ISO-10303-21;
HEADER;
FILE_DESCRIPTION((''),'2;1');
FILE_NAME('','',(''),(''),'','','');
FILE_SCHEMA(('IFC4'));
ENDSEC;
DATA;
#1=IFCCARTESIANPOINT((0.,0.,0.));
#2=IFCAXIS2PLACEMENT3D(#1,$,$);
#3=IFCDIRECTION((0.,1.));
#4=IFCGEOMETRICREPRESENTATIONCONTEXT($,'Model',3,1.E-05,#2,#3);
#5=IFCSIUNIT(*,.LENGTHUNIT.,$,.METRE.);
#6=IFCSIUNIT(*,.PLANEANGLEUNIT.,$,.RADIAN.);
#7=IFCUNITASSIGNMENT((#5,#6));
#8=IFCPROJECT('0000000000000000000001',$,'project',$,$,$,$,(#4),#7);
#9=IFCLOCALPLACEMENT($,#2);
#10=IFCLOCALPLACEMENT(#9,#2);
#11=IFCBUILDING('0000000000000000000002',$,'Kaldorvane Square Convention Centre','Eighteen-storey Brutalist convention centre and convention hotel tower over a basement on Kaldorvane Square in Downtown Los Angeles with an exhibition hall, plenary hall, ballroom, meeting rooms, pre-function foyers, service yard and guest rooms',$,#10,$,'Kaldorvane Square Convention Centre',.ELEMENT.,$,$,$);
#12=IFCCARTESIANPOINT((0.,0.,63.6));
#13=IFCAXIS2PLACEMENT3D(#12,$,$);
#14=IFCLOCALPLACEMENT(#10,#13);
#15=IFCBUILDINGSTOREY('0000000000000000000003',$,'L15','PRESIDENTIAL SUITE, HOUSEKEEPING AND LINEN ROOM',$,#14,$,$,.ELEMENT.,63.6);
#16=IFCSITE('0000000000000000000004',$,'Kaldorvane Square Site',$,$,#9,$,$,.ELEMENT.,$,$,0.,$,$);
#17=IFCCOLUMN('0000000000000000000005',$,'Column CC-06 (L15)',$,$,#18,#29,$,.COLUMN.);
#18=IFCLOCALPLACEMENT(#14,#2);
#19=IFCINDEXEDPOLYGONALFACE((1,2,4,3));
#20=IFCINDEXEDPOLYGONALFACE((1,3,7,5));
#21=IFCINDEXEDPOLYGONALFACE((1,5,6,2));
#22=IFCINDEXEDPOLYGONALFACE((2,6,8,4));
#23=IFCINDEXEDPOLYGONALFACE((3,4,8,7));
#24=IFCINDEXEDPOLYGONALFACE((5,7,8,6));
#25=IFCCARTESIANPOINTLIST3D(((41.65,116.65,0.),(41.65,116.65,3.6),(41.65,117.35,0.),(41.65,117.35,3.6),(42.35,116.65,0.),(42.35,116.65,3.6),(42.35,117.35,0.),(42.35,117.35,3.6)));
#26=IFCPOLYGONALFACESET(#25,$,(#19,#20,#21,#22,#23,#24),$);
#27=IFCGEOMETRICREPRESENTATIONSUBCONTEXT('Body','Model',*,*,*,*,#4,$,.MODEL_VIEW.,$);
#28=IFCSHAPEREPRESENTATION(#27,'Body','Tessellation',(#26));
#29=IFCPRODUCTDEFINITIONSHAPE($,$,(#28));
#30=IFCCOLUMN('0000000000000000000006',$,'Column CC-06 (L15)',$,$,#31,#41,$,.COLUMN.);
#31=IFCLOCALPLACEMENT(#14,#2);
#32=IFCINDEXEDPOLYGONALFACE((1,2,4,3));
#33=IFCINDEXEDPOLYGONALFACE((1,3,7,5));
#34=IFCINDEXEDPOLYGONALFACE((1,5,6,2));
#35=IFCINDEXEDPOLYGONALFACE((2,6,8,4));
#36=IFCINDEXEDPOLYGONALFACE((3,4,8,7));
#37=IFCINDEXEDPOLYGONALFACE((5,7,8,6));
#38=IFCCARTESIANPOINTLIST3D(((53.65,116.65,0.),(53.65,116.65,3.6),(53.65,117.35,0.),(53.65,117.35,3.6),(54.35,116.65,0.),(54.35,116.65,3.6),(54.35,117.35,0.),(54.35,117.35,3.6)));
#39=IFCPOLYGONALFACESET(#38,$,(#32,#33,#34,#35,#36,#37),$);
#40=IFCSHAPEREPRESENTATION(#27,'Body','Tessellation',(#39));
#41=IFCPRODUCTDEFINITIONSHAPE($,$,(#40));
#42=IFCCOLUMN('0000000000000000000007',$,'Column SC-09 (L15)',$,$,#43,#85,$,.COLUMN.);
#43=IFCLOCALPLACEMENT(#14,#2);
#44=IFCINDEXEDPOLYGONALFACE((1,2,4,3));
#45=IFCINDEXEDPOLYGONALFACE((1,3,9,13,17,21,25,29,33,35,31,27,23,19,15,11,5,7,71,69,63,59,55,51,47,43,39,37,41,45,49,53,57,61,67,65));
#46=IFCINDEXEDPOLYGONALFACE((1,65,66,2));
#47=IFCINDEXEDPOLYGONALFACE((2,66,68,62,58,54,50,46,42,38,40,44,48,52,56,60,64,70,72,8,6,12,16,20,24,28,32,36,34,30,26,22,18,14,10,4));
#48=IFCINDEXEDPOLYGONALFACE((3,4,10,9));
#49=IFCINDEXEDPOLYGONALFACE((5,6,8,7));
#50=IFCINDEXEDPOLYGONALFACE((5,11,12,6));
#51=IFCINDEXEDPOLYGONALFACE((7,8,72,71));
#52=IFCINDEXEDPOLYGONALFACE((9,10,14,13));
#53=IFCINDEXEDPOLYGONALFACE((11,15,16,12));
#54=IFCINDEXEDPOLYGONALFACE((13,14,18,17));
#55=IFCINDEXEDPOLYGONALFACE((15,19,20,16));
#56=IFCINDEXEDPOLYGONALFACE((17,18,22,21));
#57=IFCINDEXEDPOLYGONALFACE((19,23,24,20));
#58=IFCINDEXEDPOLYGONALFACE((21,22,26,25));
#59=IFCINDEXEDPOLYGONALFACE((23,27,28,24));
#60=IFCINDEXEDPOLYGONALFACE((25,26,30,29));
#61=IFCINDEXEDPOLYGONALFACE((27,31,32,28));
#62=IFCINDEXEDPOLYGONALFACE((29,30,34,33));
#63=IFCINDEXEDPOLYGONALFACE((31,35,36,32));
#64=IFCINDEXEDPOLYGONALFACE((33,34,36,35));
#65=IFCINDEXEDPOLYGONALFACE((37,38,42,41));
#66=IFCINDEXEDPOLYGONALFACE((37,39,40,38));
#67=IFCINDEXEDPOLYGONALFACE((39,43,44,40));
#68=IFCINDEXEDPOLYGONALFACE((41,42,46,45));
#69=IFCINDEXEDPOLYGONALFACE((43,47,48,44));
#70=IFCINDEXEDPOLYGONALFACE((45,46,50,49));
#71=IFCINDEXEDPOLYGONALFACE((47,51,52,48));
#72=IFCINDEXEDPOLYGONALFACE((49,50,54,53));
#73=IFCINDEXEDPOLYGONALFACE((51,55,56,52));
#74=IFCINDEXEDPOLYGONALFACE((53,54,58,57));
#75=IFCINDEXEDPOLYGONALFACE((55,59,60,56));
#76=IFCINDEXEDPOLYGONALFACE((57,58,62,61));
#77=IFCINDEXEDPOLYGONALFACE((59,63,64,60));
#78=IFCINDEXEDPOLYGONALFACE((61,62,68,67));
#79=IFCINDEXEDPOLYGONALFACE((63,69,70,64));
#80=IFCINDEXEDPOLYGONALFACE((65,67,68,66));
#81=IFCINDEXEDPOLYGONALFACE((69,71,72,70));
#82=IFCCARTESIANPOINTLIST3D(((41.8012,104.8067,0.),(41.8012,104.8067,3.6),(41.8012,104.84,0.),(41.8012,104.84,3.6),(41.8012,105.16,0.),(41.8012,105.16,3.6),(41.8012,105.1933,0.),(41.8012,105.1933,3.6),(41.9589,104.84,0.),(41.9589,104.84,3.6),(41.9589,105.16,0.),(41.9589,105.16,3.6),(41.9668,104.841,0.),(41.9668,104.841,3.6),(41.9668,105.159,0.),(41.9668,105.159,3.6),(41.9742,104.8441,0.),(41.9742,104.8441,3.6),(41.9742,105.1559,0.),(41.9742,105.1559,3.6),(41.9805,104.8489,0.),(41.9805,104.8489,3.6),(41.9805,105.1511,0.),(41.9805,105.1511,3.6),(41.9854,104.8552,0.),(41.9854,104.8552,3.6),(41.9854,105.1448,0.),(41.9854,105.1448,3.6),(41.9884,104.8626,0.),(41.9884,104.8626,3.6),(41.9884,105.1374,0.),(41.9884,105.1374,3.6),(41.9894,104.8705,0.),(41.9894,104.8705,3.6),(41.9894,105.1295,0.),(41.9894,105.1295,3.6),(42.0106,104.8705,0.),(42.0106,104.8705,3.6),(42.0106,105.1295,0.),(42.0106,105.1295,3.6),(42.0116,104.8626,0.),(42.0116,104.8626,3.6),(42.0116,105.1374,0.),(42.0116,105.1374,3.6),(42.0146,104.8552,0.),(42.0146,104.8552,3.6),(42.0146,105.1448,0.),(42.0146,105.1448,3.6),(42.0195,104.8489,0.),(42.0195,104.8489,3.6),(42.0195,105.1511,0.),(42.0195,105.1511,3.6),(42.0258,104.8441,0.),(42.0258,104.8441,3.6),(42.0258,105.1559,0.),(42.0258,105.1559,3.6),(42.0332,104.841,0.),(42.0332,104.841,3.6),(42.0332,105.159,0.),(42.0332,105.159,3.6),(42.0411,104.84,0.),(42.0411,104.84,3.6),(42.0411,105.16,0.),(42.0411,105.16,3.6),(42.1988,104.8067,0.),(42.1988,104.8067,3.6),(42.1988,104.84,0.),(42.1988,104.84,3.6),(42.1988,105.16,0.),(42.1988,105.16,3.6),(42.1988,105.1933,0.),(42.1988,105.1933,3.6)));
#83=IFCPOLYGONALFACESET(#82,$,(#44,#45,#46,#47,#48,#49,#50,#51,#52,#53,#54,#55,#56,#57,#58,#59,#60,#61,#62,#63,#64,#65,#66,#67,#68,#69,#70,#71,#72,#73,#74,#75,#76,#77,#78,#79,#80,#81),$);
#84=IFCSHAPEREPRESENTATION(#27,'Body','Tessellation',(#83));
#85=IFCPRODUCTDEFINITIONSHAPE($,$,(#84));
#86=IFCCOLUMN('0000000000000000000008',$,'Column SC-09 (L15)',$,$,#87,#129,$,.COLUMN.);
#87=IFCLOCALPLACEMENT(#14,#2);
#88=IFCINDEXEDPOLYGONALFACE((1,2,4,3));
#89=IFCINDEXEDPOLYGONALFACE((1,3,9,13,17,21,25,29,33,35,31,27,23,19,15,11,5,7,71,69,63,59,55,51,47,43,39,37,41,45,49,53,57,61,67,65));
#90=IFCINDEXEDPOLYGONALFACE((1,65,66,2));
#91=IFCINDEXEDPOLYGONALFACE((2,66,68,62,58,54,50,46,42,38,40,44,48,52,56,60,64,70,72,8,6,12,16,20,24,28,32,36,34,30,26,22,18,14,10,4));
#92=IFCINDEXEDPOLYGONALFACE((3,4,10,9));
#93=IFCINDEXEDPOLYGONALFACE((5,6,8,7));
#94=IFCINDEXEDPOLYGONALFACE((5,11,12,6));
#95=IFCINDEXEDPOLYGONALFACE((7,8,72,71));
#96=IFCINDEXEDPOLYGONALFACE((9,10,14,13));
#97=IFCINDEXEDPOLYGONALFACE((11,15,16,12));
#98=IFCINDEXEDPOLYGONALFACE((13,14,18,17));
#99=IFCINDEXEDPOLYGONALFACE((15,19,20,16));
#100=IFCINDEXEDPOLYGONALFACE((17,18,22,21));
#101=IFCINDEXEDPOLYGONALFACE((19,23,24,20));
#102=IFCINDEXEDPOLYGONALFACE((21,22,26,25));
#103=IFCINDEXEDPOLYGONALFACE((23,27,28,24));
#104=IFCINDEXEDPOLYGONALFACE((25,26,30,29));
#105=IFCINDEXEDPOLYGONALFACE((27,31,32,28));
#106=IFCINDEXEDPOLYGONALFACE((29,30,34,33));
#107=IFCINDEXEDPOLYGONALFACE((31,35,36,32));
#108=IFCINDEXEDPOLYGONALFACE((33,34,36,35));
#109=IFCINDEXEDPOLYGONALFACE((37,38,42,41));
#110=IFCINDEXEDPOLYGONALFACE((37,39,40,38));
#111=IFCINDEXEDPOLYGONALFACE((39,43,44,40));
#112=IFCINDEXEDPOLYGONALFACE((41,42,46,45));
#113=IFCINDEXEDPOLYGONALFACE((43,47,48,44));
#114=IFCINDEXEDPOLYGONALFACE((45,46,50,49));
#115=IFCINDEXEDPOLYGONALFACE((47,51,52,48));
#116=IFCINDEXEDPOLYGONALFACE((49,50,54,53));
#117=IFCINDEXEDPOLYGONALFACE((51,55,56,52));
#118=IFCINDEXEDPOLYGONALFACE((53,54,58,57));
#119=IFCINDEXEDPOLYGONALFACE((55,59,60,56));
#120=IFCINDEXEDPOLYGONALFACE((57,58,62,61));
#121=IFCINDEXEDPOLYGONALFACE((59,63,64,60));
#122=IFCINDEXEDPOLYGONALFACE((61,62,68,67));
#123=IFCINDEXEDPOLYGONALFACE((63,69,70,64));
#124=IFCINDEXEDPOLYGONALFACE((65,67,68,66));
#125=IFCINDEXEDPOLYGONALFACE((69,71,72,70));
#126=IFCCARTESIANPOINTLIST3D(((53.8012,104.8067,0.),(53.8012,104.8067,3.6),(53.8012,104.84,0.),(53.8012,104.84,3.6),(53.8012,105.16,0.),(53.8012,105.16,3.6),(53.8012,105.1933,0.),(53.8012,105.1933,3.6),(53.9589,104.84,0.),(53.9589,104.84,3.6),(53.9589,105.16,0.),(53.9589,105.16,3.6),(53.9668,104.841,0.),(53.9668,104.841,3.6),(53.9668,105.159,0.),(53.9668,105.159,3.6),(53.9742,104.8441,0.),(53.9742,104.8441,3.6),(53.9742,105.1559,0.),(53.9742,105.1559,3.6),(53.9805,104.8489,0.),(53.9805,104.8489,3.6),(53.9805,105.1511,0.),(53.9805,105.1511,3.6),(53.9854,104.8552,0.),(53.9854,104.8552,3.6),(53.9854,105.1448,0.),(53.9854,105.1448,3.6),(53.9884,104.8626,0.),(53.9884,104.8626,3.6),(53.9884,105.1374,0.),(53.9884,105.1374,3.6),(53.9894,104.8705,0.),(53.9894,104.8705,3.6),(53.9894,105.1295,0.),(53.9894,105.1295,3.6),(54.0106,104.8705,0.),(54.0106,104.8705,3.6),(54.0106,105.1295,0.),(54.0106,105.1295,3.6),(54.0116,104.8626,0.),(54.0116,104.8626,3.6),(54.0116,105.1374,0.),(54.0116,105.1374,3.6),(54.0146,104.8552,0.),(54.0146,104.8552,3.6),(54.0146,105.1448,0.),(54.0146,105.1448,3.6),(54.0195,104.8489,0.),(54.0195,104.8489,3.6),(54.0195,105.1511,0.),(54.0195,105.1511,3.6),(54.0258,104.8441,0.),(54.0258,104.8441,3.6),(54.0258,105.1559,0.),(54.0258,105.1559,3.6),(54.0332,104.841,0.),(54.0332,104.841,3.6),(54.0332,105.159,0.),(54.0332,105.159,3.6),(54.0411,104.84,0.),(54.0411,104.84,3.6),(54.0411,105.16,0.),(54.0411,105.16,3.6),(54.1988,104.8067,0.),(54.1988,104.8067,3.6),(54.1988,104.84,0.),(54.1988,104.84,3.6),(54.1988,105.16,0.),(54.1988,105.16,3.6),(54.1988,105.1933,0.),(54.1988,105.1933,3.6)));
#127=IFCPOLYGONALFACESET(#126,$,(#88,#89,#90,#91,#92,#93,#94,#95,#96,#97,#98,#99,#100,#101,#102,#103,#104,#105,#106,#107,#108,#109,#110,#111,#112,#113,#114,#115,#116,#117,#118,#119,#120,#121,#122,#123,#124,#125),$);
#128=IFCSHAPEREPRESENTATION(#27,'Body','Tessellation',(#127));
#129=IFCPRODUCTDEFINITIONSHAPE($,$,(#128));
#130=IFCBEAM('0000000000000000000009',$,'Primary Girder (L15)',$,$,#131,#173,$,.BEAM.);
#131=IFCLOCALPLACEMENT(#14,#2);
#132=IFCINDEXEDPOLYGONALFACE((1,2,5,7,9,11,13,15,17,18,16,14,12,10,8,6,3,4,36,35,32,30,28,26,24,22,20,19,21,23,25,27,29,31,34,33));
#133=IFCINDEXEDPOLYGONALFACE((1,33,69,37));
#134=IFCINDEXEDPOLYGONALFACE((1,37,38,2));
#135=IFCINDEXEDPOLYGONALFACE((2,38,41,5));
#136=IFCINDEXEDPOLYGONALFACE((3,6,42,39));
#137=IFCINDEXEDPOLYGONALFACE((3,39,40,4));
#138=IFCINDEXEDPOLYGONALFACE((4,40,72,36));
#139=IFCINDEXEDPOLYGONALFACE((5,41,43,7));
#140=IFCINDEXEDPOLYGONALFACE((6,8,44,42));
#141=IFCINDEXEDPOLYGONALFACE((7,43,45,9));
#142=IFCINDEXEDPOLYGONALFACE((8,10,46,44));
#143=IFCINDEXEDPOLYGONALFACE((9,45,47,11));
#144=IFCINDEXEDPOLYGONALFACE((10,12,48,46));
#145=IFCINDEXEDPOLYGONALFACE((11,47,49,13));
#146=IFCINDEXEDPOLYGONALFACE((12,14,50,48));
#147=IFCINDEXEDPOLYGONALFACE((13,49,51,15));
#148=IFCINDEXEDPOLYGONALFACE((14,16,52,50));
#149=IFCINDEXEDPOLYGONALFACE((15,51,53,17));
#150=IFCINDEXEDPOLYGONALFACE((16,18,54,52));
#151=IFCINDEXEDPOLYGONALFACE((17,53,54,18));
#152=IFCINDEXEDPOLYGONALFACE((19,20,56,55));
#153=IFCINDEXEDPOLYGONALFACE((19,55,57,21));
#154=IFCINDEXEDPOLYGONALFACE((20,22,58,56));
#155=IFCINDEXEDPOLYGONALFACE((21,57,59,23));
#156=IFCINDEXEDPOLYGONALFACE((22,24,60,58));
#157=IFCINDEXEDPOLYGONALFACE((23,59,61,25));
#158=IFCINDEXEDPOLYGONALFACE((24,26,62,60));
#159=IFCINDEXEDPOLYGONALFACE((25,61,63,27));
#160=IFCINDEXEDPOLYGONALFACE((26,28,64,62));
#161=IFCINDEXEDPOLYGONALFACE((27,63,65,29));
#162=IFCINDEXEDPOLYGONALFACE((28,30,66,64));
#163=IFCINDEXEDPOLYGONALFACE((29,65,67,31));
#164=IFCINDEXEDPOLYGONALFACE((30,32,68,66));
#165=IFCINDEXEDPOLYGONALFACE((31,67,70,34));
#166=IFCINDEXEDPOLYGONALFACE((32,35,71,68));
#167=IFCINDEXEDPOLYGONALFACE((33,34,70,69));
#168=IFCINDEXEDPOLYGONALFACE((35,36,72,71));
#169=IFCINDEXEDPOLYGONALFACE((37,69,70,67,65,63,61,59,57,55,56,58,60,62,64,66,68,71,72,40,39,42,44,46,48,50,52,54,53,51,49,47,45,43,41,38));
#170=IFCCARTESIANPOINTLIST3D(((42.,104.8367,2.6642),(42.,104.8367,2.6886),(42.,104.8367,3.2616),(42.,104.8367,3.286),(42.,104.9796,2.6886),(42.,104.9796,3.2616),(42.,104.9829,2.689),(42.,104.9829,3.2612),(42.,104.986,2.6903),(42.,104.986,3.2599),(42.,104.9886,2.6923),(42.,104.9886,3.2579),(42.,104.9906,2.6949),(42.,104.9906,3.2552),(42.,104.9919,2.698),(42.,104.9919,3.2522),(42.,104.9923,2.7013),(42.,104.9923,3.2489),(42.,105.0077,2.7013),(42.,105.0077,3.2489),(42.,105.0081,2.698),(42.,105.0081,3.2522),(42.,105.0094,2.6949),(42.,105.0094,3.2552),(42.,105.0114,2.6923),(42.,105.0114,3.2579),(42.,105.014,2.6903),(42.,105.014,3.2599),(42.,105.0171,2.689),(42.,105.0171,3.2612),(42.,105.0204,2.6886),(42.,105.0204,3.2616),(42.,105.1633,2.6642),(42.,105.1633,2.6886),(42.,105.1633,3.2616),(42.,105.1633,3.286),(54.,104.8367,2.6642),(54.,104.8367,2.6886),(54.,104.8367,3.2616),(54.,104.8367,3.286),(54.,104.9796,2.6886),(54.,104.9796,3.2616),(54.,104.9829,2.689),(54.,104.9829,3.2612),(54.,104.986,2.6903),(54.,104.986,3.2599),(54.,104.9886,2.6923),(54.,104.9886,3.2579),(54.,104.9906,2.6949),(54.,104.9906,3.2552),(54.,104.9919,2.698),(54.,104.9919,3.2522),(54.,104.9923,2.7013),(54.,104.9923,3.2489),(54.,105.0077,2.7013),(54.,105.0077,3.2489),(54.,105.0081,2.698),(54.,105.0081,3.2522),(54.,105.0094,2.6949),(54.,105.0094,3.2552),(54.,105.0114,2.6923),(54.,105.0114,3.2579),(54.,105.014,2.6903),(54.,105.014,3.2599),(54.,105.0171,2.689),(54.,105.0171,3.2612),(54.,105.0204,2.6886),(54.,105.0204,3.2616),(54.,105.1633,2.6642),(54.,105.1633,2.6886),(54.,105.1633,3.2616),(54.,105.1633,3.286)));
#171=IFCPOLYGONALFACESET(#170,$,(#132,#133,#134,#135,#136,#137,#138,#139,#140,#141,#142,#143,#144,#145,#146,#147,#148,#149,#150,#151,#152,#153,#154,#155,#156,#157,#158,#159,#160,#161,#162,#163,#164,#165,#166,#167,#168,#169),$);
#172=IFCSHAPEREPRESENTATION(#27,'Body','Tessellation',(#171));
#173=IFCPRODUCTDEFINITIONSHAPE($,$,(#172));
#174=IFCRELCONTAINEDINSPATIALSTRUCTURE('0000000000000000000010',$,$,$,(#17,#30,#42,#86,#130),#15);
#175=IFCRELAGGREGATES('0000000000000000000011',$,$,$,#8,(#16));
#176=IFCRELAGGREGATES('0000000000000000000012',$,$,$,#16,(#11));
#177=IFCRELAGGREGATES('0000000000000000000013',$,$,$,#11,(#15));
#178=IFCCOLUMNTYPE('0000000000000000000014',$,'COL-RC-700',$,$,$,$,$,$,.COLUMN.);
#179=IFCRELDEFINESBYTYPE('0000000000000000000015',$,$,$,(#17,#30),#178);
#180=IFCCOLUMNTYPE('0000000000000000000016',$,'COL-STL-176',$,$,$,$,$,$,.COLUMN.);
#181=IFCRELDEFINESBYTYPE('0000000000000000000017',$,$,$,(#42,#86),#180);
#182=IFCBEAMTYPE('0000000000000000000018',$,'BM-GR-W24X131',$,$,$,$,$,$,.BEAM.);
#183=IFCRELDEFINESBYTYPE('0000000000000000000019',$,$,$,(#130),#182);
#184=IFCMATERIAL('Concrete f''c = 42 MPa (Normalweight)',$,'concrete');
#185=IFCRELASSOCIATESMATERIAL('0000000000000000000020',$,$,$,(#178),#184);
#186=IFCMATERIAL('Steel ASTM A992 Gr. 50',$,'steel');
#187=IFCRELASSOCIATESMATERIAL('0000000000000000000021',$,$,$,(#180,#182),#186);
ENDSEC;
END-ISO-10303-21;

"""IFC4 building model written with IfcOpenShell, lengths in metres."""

from ifc_helpers import new_model, si_unit, direction, frame, origin, origin_2d, place, context, subcontext, project, spatial, rectangle, i_section, extrude, material, material_profile, profile_set, type_object, element, save


model = new_model("IFC4")

# Units and contexts
model_context = context("Model", 3, precision=1e-05, world=origin(), true_north=direction((0.0, 1.0)))
body_context = subcontext(model_context, "Body", "Model", "MODEL_VIEW")
ifc_project = project(units=[si_unit("LENGTHUNIT", "METRE"), si_unit("PLANEANGLEUNIT", "RADIAN")], contexts=[model_context])

# Site, building, storey
site_placement = place(None, origin())
site = spatial("IfcSite", under=ifc_project, at=site_placement, Name="Kaldorvane Square Site", CompositionType="ELEMENT", RefElevation=0.0)
building_placement = place(site_placement, origin())
building = spatial("IfcBuilding", under=site, at=building_placement, Name="Kaldorvane Square Convention Centre", Description="Eighteen-storey Brutalist convention centre and convention hotel tower over a basement on Kaldorvane Square in Downtown Los Angeles with an exhibition hall, plenary hall, ballroom, meeting rooms, pre-function foyers, service yard and guest rooms", LongName="Kaldorvane Square Convention Centre", CompositionType="ELEMENT")
storey_placement = place(building_placement, frame((0.0, 0.0, 63.6)))
storey = spatial("IfcBuildingStorey", under=building, at=storey_placement, Name="L15", Description="PRESIDENTIAL SUITE, HOUSEKEEPING AND LINEN ROOM", CompositionType="ELEMENT", Elevation=63.6)

# Columns
ifc_material_1 = material(Name="Concrete f'c = 42 MPa (Normalweight)", Category="concrete")
ifc_material_profile_1 = material_profile(ifc_material_1, rectangle(XDim=0.7, YDim=0.7, at=origin_2d()), Name="RC700X700")
ifc_profile_set_1 = profile_set([ifc_material_profile_1], Name="Concrete f'c = 42 MPa (Normalweight)")
column_type_1 = type_object("IfcColumnType", Name="COL-RC-700", PredefinedType="COLUMN", material=ifc_profile_set_1)
for number, where, z_axis, x_axis, name in (
    (1, (42.0, 117.0, 0.0), (0.0, 0.0, 1.0), (1.0, 0.0, 0.0), "Column CC-06 (L15)"),
    (2, (54.0, 117.0, 0.0), (0.0, 0.0, 1.0), (1.0, 0.0, 0.0), "Column CC-06 (L15)"),
):
    element("IfcColumn", number, at=place(storey_placement, frame(where, z_axis=z_axis, x_axis=x_axis)), inside=storey, type_object=column_type_1, Name=name, PredefinedType="COLUMN", context=body_context, shape_type="SweptSolid", body=[
        extrude(rectangle(XDim=0.7, YDim=0.7, at=origin_2d()), origin(), (0.0, 0.0, 1.0), 3.6),
    ])
ifc_material_2 = material(Name="Steel ASTM A992 Gr. 50", Category="steel")
ifc_material_profile_2 = material_profile(ifc_material_2, i_section(OverallWidth=0.3975, OverallDepth=0.3866, WebThickness=0.0211, FlangeThickness=0.0333, FilletRadius=0.0305, at=origin_2d()), Name="W14X176")
ifc_profile_set_2 = profile_set([ifc_material_profile_2], Name="Steel ASTM A992 Gr. 50")
column_type_2 = type_object("IfcColumnType", Name="COL-STL-176", PredefinedType="COLUMN", material=ifc_profile_set_2)
for number, where, z_axis, x_axis, name in (
    (3, (42.0, 105.0, 0.0), (0.0, 0.0, 1.0), (1.0, 0.0, 0.0), "Column SC-09 (L15)"),
    (4, (54.0, 105.0, 0.0), (0.0, 0.0, 1.0), (1.0, 0.0, 0.0), "Column SC-09 (L15)"),
):
    element("IfcColumn", number, at=place(storey_placement, frame(where, z_axis=z_axis, x_axis=x_axis)), inside=storey, type_object=column_type_2, Name=name, PredefinedType="COLUMN", context=body_context, shape_type="SweptSolid", body=[
        extrude(i_section(OverallWidth=0.3975, OverallDepth=0.3866, WebThickness=0.0211, FlangeThickness=0.0333, FilletRadius=0.0305, at=origin_2d()), origin(), (0.0, 0.0, 1.0), 3.6),
    ])

# Beam
ifc_material_profile_3 = material_profile(ifc_material_2, i_section(OverallWidth=0.3265, OverallDepth=0.6218, WebThickness=0.0154, FlangeThickness=0.0244, FilletRadius=0.0127, at=origin_2d()), Name="W24X131")
ifc_profile_set_3 = profile_set([ifc_material_profile_3], Name="Steel ASTM A992 Gr. 50")
beam_type_1 = type_object("IfcBeamType", Name="BM-GR-W24X131", PredefinedType="BEAM", material=ifc_profile_set_3)
for number, where, z_axis, x_axis, name in (
    (5, (42.0, 105.0, 2.9751), (1.0, 0.0, 0.0), (0.0, 1.0, 0.0), "Primary Girder (L15)"),
):
    element("IfcBeam", number, at=place(storey_placement, frame(where, z_axis=z_axis, x_axis=x_axis)), inside=storey, type_object=beam_type_1, Name=name, PredefinedType="BEAM", context=body_context, shape_type="SweptSolid", body=[
        extrude(i_section(OverallWidth=0.3265, OverallDepth=0.6218, WebThickness=0.0154, FlangeThickness=0.0244, FilletRadius=0.0127, at=origin_2d()), origin(), (0.0, 0.0, 1.0), 12.0),
    ])

save(model, "model.ifc")
